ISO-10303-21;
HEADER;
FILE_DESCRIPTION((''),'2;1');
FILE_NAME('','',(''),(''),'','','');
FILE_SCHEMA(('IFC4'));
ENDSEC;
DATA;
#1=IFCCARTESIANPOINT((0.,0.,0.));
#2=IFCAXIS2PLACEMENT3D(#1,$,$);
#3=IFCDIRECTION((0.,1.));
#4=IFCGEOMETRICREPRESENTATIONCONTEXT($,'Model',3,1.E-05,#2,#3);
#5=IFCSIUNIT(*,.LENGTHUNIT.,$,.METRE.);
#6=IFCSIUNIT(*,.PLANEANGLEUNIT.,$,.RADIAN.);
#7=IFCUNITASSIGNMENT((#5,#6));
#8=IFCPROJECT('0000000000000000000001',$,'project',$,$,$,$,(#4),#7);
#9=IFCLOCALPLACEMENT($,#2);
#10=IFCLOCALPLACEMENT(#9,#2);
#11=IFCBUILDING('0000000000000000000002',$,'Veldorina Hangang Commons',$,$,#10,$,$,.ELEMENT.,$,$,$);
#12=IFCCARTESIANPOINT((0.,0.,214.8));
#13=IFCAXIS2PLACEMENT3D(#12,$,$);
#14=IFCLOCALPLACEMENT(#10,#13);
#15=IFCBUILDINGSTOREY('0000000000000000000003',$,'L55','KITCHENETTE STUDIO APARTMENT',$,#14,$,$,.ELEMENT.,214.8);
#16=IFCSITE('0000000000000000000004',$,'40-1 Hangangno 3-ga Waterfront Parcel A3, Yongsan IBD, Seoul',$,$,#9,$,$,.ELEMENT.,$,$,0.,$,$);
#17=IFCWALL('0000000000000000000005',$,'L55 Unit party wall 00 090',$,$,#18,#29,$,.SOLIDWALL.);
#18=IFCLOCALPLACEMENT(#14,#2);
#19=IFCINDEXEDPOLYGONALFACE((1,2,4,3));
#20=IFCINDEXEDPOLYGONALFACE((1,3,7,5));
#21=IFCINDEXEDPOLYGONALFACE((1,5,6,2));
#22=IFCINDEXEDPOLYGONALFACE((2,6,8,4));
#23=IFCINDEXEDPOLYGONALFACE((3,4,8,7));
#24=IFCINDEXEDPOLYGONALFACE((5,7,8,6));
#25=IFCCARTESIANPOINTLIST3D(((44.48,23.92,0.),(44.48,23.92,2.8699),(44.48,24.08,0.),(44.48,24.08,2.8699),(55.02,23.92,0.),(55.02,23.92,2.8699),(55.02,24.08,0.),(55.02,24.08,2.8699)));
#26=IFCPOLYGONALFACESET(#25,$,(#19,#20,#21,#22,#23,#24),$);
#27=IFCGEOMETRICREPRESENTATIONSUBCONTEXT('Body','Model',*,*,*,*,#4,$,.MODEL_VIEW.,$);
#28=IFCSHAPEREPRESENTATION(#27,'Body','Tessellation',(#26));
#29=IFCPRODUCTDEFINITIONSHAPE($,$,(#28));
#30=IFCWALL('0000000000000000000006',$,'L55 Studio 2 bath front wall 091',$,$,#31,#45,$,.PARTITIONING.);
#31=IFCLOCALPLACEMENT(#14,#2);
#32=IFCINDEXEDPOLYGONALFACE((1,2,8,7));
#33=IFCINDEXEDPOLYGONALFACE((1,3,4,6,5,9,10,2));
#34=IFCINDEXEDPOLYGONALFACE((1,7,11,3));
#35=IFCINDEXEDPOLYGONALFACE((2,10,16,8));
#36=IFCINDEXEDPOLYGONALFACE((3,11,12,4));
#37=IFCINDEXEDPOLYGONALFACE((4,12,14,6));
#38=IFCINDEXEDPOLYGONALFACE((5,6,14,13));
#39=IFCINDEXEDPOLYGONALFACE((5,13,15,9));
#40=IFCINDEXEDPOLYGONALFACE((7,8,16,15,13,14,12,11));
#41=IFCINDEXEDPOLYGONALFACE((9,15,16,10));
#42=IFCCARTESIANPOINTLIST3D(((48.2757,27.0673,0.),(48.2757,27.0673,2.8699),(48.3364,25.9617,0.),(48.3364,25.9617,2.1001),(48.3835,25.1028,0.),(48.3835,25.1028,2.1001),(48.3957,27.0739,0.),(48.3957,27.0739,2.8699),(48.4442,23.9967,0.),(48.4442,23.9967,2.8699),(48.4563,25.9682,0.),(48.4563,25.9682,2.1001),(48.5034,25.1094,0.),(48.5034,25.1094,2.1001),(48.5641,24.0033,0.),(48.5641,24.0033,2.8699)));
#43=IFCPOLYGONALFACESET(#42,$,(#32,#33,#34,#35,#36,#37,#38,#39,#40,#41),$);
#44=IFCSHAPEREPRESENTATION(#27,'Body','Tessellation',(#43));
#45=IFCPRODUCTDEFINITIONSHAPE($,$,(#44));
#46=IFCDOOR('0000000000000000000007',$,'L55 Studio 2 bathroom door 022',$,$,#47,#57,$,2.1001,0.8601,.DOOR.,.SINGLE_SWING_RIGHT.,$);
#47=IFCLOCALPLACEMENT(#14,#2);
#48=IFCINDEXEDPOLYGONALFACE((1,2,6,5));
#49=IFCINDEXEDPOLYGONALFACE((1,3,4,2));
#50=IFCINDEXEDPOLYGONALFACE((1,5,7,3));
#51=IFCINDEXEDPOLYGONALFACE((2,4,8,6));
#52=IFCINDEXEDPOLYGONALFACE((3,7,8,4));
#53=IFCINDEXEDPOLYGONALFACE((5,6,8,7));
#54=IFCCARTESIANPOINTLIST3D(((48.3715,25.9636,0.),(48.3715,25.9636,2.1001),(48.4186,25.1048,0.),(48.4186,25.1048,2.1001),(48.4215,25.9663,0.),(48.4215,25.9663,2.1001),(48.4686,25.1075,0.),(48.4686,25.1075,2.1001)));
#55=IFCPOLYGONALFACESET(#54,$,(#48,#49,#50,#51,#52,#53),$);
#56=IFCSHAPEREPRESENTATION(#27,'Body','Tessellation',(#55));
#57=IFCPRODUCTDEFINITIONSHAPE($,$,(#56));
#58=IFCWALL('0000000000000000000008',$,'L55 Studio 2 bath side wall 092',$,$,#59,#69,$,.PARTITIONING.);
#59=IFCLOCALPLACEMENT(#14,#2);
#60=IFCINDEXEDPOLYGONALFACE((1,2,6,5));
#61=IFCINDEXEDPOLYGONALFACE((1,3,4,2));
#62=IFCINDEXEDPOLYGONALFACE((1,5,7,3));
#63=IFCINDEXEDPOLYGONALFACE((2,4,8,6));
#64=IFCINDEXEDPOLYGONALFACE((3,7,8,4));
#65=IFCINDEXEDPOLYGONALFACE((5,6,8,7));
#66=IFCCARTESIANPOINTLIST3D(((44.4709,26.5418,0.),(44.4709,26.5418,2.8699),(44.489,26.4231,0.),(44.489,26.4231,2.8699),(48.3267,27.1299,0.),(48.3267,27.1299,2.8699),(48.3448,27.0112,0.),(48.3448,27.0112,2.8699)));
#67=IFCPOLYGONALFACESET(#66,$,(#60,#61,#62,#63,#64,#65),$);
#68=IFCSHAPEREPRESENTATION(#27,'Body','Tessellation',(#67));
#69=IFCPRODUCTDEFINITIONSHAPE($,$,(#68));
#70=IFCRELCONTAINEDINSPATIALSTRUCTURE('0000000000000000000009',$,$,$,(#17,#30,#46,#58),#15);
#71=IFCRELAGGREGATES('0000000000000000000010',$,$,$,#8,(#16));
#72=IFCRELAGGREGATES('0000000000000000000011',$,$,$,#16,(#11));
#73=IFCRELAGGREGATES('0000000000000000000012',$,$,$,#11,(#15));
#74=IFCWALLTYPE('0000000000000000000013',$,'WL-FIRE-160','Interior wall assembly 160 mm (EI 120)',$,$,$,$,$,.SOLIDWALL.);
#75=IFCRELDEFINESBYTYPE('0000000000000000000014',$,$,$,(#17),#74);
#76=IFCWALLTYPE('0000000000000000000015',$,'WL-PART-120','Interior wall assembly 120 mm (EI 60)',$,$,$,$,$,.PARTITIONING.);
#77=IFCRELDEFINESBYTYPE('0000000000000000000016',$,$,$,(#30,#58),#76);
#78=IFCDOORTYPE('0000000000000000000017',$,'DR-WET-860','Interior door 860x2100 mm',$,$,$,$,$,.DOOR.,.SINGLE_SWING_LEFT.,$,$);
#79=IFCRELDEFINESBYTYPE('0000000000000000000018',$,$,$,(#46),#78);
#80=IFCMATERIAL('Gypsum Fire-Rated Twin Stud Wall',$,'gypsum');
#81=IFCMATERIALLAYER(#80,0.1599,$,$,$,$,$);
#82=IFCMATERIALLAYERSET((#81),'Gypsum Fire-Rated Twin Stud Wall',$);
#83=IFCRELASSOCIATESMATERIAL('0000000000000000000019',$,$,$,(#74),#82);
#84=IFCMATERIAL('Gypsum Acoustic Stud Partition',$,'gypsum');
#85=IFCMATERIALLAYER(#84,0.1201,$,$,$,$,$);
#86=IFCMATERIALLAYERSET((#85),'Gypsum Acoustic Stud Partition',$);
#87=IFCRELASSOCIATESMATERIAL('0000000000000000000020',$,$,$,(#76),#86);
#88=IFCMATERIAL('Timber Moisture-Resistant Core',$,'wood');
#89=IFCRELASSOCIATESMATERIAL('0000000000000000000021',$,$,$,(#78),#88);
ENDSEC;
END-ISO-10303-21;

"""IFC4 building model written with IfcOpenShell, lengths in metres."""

from ifc_helpers import new_model, si_unit, direction, frame, frame_2d, origin, place, context, subcontext, project, spatial, rectangle, extrude, material, layer, layer_set, type_object, element, fill, save


model = new_model("IFC4")

# Units and contexts
model_context = context("Model", 3, precision=1e-05, world=origin(), true_north=direction((0.0, 1.0)))
body_context = subcontext(model_context, "Body", "Model", "MODEL_VIEW")
ifc_project = project(units=[si_unit("LENGTHUNIT", "METRE"), si_unit("PLANEANGLEUNIT", "RADIAN")], contexts=[model_context])

# Site, building, storey
site_placement = place(None, origin())
site = spatial("IfcSite", under=ifc_project, at=site_placement, Name="40-1 Hangangno 3-ga Waterfront Parcel A3, Yongsan IBD, Seoul", CompositionType="ELEMENT", RefElevation=0.0)
building_placement = place(site_placement, origin())
building = spatial("IfcBuilding", under=site, at=building_placement, Name="Veldorina Hangang Commons", CompositionType="ELEMENT")
storey_placement = place(building_placement, frame((0.0, 0.0, 214.8)))
storey = spatial("IfcBuildingStorey", under=building, at=storey_placement, Name="L55", Description="KITCHENETTE STUDIO APARTMENT", CompositionType="ELEMENT", Elevation=214.8)

# Shared definitions
ifc_material_1 = material(Name="Gypsum Fire-Rated Twin Stud Wall", Category="gypsum")
ifc_layer_1 = layer(ifc_material_1, 0.1599)
ifc_layer_set_1 = layer_set([ifc_layer_1], Name="Gypsum Fire-Rated Twin Stud Wall")
wall_type_1 = type_object("IfcWallType", Name="WL-FIRE-160", Description="Interior wall assembly 160 mm (EI 120)", PredefinedType="SOLIDWALL", material=ifc_layer_set_1)

# Wall
wall_1_placement = place(storey_placement, frame((44.48, 24.0, 0.0), z_axis=(0.0, 0.0, 1.0), x_axis=(1.0, 0.0, 0.0)))
element("IfcWall", 1, at=wall_1_placement, inside=storey, type_object=wall_type_1, Name="L55 Unit party wall 00 090", PredefinedType="SOLIDWALL", context=body_context, shape_type="SweptSolid", body=[
    extrude(rectangle(XDim=10.54, YDim=0.1599, at=frame_2d((5.27, 0.0))), origin(), (0.0, 0.0, 1.0), 2.8699),
])

# Wall, opening, door
ifc_material_2 = material(Name="Gypsum Acoustic Stud Partition", Category="gypsum")
ifc_layer_2 = layer(ifc_material_2, 0.1201)
ifc_layer_set_2 = layer_set([ifc_layer_2], Name="Gypsum Acoustic Stud Partition")
wall_type_2 = type_object("IfcWallType", Name="WL-PART-120", Description="Interior wall assembly 120 mm (EI 60)", PredefinedType="PARTITIONING", material=ifc_layer_set_2)
wall_2_placement = place(storey_placement, frame((48.5042, 24.0, 0.0), z_axis=(0.0, 0.0, 1.0), x_axis=(-0.05478, 0.998498, 0.0)))
wall_2 = element("IfcWall", 2, at=wall_2_placement, inside=storey, type_object=wall_type_2, Name="L55 Studio 2 bath front wall 091", PredefinedType="PARTITIONING", context=body_context, shape_type="SweptSolid", body=[
    extrude(rectangle(XDim=3.0752, YDim=0.1201, at=frame_2d((1.5376, 0.0))), origin(), (0.0, 0.0, 1.0), 2.8699),
])
opening_1_placement = place(wall_2_placement, frame((1.1077, 0.0, 0.0)))
opening_1 = element("IfcOpeningElement", 3, at=opening_1_placement, cuts=wall_2, PredefinedType="OPENING", context=body_context, shape_type="SweptSolid", body=[
    extrude(rectangle(XDim=0.8601, YDim=2.1001, at=frame_2d((0.4302, 1.05))), frame((0.0, 0.0701, 0.0), z_axis=(0.0, -1.0, 0.0), x_axis=(1.0, 0.0, 0.0)), (0.0, 0.0, 1.0), 0.1401),
])
ifc_material_3 = material(Name="Timber Moisture-Resistant Core", Category="wood")
door_type_1 = type_object("IfcDoorType", Name="DR-WET-860", Description="Interior door 860x2100 mm", OperationType="SINGLE_SWING_LEFT", PredefinedType="DOOR", material=ifc_material_3)
door_1_placement = place(opening_1_placement, origin())
door_1 = element("IfcDoor", 4, at=door_1_placement, inside=storey, type_object=door_type_1, Name="L55 Studio 2 bathroom door 022", OperationType="SINGLE_SWING_RIGHT", OverallHeight=2.1001, OverallWidth=0.8601, PredefinedType="DOOR", context=body_context, shape_type="SweptSolid", body=[
    extrude(rectangle(XDim=0.8601, YDim=2.1001, at=frame_2d((0.4302, 1.05))), frame((0.0, 0.0249, 0.0), z_axis=(0.0, -1.0, 0.0), x_axis=(1.0, 0.0, 0.0)), (0.0, 0.0, 1.0), 0.05),
])
fill(opening_1, door_1)

# Wall
wall_3_placement = place(storey_placement, frame((44.48, 26.4824, 0.0), z_axis=(0.0, 0.0, 1.0), x_axis=(0.988566, 0.150792, 0.0)))
element("IfcWall", 5, at=wall_3_placement, inside=storey, type_object=wall_type_2, Name="L55 Studio 2 bath side wall 092", PredefinedType="PARTITIONING", context=body_context, shape_type="SweptSolid", body=[
    extrude(rectangle(XDim=3.9004, YDim=0.1201, at=frame_2d((1.9502, 0.0))), origin(), (0.0, 0.0, 1.0), 2.8699),
])

save(model, "model.ifc")
